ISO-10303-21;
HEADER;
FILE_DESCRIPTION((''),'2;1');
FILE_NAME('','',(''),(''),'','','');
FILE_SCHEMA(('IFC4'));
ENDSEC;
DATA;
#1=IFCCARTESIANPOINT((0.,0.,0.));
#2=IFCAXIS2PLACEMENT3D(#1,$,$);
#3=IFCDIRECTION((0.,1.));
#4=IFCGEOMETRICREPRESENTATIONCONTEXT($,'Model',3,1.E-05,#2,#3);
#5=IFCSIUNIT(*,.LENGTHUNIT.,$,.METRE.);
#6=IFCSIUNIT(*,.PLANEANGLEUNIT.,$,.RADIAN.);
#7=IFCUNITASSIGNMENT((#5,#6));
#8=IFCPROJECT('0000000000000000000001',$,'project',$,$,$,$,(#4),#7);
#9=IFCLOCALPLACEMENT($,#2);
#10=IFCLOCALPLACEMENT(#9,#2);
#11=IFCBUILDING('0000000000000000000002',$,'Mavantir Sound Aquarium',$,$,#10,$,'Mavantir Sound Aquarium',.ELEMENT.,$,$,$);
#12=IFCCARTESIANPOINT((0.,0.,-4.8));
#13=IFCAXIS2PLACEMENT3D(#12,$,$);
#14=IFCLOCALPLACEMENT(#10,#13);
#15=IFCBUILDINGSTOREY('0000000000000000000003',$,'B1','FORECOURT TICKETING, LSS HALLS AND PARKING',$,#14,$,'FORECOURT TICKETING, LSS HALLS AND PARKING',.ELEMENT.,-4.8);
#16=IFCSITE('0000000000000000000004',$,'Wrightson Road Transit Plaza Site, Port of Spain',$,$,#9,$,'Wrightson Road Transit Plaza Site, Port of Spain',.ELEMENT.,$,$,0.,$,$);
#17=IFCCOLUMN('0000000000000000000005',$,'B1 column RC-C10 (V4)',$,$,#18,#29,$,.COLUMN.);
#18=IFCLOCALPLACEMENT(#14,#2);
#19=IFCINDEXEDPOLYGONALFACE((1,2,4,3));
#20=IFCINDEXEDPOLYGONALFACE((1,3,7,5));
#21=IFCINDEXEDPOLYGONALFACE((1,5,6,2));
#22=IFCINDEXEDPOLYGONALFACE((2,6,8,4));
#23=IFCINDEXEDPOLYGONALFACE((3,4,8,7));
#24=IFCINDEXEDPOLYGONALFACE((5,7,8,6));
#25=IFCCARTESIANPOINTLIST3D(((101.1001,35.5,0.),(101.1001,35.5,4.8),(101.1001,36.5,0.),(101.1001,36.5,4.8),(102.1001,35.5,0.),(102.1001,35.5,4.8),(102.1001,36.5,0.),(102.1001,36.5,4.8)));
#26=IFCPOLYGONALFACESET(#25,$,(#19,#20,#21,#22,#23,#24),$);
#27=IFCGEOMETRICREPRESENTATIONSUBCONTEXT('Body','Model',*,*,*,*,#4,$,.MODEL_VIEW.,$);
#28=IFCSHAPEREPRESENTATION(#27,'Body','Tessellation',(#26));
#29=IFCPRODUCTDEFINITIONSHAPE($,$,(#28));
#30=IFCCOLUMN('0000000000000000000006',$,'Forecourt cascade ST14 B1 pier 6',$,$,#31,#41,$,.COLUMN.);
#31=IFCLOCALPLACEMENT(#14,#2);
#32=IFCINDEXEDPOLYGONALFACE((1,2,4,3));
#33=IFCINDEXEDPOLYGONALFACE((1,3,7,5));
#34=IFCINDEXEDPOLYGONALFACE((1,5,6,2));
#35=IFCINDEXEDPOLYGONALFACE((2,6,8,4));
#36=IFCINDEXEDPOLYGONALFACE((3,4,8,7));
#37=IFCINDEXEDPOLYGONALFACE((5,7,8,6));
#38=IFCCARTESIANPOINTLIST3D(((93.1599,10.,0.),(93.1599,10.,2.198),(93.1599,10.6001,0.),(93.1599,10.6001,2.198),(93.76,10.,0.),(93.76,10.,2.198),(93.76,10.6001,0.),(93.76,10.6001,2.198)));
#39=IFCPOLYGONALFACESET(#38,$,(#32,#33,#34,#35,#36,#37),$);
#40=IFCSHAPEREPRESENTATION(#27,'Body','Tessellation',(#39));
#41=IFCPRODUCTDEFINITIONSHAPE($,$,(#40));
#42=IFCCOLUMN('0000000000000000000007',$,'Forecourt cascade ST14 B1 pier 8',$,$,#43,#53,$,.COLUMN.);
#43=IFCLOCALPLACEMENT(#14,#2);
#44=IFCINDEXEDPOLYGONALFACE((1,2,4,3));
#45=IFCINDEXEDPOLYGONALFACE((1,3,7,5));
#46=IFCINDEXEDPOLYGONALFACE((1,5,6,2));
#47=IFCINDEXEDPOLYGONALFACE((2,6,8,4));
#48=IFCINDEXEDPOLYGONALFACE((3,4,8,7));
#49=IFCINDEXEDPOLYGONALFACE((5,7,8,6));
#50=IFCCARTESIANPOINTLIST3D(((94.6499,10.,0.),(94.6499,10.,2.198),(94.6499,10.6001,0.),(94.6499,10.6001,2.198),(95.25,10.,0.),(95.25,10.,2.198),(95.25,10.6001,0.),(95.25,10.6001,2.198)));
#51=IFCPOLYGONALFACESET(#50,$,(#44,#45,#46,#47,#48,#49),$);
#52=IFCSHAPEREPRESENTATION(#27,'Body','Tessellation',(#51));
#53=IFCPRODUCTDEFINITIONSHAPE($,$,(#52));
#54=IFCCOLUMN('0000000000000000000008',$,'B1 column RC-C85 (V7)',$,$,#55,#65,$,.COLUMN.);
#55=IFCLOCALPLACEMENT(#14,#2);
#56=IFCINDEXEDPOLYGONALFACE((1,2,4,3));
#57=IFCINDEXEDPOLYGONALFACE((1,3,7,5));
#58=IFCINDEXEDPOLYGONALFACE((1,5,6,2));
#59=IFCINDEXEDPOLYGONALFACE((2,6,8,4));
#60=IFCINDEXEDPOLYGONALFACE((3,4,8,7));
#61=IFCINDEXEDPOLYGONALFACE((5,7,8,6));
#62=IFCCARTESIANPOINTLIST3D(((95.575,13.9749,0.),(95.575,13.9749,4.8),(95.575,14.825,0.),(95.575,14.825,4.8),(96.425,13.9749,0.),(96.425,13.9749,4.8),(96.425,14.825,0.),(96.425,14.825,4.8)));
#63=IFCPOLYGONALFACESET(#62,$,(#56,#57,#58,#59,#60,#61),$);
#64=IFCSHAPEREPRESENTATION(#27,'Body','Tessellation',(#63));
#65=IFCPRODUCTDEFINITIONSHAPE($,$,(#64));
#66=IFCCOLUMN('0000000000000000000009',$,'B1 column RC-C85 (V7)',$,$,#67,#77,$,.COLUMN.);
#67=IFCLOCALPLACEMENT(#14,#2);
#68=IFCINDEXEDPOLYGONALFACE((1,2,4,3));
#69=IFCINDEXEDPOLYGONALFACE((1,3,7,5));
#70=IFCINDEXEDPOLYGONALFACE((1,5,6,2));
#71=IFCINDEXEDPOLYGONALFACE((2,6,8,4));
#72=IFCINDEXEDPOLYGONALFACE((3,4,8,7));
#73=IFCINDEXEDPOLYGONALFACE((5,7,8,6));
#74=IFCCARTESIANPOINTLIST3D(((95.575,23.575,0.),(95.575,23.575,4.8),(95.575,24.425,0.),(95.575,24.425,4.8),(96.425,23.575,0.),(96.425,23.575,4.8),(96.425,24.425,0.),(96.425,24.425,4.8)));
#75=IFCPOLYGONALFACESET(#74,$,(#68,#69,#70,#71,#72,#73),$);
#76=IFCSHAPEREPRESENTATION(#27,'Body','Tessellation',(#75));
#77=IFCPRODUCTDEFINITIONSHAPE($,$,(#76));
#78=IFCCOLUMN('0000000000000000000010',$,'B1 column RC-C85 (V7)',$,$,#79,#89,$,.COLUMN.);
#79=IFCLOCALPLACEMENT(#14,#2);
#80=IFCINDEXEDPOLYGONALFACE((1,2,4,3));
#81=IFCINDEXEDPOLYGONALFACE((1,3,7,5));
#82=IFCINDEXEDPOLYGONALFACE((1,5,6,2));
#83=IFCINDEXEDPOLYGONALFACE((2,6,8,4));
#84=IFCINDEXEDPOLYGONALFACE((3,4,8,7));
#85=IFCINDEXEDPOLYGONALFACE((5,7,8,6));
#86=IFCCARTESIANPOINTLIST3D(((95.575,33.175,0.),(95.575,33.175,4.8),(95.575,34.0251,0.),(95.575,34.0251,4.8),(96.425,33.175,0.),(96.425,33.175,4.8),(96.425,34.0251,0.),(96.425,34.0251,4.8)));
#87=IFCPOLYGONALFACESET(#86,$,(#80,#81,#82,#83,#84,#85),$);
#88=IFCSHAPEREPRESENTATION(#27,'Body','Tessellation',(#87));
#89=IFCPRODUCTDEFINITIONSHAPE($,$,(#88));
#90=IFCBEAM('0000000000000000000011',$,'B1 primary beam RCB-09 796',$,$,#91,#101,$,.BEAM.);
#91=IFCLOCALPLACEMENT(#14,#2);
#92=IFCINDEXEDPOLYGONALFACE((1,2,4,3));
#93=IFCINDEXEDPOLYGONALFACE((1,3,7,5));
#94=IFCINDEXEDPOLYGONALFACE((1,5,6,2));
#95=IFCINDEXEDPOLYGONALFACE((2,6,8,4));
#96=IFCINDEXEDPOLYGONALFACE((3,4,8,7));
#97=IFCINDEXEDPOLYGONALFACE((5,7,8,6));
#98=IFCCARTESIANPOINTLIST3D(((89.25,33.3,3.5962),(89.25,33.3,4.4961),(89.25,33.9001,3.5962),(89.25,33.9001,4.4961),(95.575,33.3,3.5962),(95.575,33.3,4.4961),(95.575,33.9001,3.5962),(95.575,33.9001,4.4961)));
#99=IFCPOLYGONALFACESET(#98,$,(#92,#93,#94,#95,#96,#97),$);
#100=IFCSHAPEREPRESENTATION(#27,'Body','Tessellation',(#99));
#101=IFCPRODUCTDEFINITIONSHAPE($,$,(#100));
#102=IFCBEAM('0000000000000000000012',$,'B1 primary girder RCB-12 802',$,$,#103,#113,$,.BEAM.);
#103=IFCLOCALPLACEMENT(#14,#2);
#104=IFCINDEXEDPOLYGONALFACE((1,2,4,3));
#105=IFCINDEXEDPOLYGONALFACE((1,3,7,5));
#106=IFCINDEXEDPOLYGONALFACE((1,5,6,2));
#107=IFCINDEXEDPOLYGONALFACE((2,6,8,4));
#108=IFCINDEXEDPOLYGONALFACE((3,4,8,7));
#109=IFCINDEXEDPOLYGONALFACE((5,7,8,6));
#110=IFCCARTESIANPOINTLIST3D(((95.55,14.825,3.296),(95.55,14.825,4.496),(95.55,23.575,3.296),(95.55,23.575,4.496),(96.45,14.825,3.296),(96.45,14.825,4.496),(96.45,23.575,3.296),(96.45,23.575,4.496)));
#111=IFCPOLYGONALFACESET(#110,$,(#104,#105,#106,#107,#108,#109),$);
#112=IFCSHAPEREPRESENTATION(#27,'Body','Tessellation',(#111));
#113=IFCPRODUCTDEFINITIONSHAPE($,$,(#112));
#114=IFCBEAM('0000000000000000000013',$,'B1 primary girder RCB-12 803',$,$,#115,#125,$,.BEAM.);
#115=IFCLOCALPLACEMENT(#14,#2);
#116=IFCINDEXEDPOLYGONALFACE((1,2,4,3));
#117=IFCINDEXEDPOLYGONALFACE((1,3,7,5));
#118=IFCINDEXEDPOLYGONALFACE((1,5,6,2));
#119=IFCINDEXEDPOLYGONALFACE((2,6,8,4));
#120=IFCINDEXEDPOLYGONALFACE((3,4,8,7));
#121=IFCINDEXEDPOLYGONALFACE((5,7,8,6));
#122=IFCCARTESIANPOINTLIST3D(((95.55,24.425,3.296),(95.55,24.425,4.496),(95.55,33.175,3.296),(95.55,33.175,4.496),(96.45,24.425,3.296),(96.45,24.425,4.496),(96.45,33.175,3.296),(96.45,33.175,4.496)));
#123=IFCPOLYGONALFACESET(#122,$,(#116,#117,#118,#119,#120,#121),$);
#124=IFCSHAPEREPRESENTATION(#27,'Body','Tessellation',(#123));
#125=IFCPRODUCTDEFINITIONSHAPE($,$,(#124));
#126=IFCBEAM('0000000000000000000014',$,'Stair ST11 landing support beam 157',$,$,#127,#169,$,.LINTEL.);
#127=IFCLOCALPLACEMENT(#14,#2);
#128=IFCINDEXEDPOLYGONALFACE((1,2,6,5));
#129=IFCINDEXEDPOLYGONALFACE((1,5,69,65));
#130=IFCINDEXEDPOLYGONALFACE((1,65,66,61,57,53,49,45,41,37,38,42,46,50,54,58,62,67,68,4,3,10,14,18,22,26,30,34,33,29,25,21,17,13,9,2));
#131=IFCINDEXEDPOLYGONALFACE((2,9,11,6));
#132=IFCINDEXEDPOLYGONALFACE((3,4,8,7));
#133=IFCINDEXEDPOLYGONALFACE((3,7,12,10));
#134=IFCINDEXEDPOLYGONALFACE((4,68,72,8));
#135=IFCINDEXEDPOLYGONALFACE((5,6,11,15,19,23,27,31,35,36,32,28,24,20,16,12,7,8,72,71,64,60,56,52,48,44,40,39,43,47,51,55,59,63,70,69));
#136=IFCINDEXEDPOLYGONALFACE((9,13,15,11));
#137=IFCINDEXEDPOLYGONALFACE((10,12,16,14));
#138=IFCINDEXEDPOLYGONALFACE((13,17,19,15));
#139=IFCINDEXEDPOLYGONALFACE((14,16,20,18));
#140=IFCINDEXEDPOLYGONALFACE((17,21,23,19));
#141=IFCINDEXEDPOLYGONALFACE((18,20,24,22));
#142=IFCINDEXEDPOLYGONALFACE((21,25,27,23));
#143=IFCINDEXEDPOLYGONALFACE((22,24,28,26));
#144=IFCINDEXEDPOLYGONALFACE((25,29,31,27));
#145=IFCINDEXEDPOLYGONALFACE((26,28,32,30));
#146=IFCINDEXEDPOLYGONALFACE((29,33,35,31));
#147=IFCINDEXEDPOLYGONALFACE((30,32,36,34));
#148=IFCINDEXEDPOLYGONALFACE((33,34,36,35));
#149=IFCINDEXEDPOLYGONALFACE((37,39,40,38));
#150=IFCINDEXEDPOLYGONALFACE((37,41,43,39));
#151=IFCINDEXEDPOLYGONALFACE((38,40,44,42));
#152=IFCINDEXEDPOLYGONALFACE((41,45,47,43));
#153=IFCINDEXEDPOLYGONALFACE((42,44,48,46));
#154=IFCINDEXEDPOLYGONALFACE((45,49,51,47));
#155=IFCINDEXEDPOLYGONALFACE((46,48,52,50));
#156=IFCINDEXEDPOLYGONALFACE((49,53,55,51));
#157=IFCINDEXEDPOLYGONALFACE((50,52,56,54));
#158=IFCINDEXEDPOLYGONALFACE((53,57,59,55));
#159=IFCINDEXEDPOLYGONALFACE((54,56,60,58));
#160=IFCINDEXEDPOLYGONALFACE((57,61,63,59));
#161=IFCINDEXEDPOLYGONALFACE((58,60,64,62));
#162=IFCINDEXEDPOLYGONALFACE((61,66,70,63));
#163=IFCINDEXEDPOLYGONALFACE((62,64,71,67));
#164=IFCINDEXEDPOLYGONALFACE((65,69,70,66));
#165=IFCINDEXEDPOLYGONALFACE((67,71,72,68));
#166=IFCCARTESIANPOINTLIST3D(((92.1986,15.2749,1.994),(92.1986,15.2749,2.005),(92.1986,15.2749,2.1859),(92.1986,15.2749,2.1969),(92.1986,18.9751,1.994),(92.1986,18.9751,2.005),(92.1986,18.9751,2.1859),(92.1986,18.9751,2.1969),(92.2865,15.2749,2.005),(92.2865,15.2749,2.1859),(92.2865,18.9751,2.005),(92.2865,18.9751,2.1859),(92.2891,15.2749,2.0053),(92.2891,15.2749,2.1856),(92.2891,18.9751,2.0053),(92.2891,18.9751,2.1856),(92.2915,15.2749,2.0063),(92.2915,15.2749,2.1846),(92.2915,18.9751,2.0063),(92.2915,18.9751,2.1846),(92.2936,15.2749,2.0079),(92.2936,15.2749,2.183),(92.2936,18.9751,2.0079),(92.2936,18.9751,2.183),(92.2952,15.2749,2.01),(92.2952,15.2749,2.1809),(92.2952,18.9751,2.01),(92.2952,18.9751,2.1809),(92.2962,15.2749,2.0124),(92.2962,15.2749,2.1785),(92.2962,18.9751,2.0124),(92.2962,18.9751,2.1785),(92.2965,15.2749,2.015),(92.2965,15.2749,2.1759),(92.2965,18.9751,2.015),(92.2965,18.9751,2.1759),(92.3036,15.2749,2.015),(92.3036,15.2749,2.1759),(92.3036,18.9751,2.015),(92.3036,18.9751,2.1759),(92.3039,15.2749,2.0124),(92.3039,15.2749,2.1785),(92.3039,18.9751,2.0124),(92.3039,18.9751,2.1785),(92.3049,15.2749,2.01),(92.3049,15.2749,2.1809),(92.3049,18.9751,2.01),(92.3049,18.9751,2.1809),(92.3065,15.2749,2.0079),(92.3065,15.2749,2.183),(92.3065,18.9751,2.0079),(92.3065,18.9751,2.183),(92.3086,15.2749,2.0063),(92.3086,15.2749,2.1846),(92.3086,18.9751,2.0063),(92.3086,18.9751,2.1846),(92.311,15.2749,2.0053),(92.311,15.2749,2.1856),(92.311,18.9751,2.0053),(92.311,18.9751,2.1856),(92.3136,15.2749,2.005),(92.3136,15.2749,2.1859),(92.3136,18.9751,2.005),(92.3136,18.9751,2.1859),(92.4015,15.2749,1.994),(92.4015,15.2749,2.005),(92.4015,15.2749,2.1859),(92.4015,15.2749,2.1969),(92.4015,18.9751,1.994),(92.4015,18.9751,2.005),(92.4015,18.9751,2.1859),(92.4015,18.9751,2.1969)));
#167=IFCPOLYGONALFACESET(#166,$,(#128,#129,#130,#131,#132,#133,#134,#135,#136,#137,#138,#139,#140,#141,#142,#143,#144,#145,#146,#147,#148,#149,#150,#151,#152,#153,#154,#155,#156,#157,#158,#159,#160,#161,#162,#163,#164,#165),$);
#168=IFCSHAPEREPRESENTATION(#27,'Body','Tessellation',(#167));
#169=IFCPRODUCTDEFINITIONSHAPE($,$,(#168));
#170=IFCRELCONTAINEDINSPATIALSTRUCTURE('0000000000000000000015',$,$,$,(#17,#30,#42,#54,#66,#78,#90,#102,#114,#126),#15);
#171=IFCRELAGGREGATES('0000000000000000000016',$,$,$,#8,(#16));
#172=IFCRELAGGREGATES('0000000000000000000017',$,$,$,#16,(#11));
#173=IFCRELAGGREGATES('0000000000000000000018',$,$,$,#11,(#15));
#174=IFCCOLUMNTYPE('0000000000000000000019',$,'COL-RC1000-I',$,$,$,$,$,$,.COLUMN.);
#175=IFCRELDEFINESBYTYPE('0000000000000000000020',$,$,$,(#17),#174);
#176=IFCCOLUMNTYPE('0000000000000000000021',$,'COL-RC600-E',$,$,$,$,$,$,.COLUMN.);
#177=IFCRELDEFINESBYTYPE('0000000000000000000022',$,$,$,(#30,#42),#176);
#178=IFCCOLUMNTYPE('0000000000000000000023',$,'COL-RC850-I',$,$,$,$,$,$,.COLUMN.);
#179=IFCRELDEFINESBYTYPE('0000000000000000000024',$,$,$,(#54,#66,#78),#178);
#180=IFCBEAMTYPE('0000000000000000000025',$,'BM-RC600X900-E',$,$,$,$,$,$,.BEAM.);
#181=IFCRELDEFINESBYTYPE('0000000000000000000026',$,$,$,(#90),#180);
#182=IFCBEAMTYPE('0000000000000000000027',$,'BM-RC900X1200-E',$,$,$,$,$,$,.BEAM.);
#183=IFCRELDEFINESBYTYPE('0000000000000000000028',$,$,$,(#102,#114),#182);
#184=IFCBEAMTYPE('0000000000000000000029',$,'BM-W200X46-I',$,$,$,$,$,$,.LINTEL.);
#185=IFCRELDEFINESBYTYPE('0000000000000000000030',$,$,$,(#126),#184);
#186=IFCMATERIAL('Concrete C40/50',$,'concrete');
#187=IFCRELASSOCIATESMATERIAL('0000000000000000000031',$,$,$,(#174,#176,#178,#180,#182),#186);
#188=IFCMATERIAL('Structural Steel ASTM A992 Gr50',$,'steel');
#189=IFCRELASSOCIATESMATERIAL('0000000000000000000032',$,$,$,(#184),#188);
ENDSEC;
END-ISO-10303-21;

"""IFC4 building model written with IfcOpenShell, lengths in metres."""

from ifc_helpers import new_model, si_unit, direction, frame, origin, origin_2d, place, context, subcontext, project, spatial, rectangle, i_section, extrude, material, material_profile, profile_set, type_object, element, save


model = new_model("IFC4")

# Units and contexts
model_context = context("Model", 3, precision=1e-05, world=origin(), true_north=direction((0.0, 1.0)))
body_context = subcontext(model_context, "Body", "Model", "MODEL_VIEW")
ifc_project = project(units=[si_unit("LENGTHUNIT", "METRE"), si_unit("PLANEANGLEUNIT", "RADIAN")], contexts=[model_context])

# Site, building, storey
site_placement = place(None, origin())
site = spatial("IfcSite", under=ifc_project, at=site_placement, Name="Wrightson Road Transit Plaza Site, Port of Spain", LongName="Wrightson Road Transit Plaza Site, Port of Spain", CompositionType="ELEMENT", RefElevation=0.0)
building_placement = place(site_placement, origin())
building = spatial("IfcBuilding", under=site, at=building_placement, Name="Mavantir Sound Aquarium", LongName="Mavantir Sound Aquarium", CompositionType="ELEMENT")
storey_placement = place(building_placement, frame((0.0, 0.0, -4.8)))
storey = spatial("IfcBuildingStorey", under=building, at=storey_placement, Name="B1", Description="FORECOURT TICKETING, LSS HALLS AND PARKING", LongName="FORECOURT TICKETING, LSS HALLS AND PARKING", CompositionType="ELEMENT", Elevation=-4.8)

# Columns
ifc_material_1 = material(Name="Concrete C40/50", Category="concrete")
ifc_material_profile_1 = material_profile(ifc_material_1, rectangle(XDim=1.0, YDim=1.0, at=origin_2d()), Name="RC 1000X1000")
ifc_profile_set_1 = profile_set([ifc_material_profile_1], Name="Concrete C40/50")
column_type_1 = type_object("IfcColumnType", Name="COL-RC1000-I", PredefinedType="COLUMN", material=ifc_profile_set_1)
column_placement = place(storey_placement, frame((101.6001, 36.0, 0.0), z_axis=(0.0, 0.0, 1.0), x_axis=(1.0, 0.0, 0.0)))
element("IfcColumn", 1, at=column_placement, inside=storey, type_object=column_type_1, Name="B1 column RC-C10 (V4)", PredefinedType="COLUMN", context=body_context, shape_type="SweptSolid", body=[
    extrude(rectangle(XDim=1.0, YDim=1.0, at=origin_2d()), origin(), (0.0, 0.0, 1.0), 4.8),
])
ifc_material_profile_2 = material_profile(ifc_material_1, rectangle(XDim=0.6001, YDim=0.6001, at=origin_2d()), Name="RC 600X600")
ifc_profile_set_2 = profile_set([ifc_material_profile_2], Name="Concrete C40/50")
column_type_2 = type_object("IfcColumnType", Name="COL-RC600-E", PredefinedType="COLUMN", material=ifc_profile_set_2)
for number, where, z_axis, x_axis, name in (
    (2, (93.46, 10.3, 0.0), (0.0, 0.0, 1.0), (1.0, 0.0, 0.0), "Forecourt cascade ST14 B1 pier 6"),
    (3, (94.95, 10.3, 0.0), (0.0, 0.0, 1.0), (1.0, 0.0, 0.0), "Forecourt cascade ST14 B1 pier 8"),
):
    element("IfcColumn", number, at=place(storey_placement, frame(where, z_axis=z_axis, x_axis=x_axis)), inside=storey, type_object=column_type_2, Name=name, PredefinedType="COLUMN", context=body_context, shape_type="SweptSolid", body=[
        extrude(rectangle(XDim=0.6001, YDim=0.6001, at=origin_2d()), origin(), (0.0, 0.0, 1.0), 2.198),
    ])
ifc_material_profile_3 = material_profile(ifc_material_1, rectangle(XDim=0.8501, YDim=0.8501, at=origin_2d()), Name="RC 850X850")
ifc_profile_set_3 = profile_set([ifc_material_profile_3], Name="Concrete C40/50")
column_type_3 = type_object("IfcColumnType", Name="COL-RC850-I", PredefinedType="COLUMN", material=ifc_profile_set_3)
for number, where, z_axis, x_axis, name in (
    (4, (96.0, 14.3999, 0.0), (0.0, 0.0, 1.0), (1.0, 0.0, 0.0), "B1 column RC-C85 (V7)"),
    (5, (96.0, 24.0, 0.0), (0.0, 0.0, 1.0), (1.0, 0.0, 0.0), "B1 column RC-C85 (V7)"),
    (6, (96.0, 33.6001, 0.0), (0.0, 0.0, 1.0), (1.0, 0.0, 0.0), "B1 column RC-C85 (V7)"),
):
    element("IfcColumn", number, at=place(storey_placement, frame(where, z_axis=z_axis, x_axis=x_axis)), inside=storey, type_object=column_type_3, Name=name, PredefinedType="COLUMN", context=body_context, shape_type="SweptSolid", body=[
        extrude(rectangle(XDim=0.8501, YDim=0.8501, at=origin_2d()), origin(), (0.0, 0.0, 1.0), 4.8),
    ])

# Beams
ifc_material_profile_4 = material_profile(ifc_material_1, rectangle(XDim=0.6001, YDim=0.8999, at=origin_2d()), Name="RC 600X900")
ifc_profile_set_4 = profile_set([ifc_material_profile_4], Name="Concrete C40/50")
beam_type_1 = type_object("IfcBeamType", Name="BM-RC600X900-E", PredefinedType="BEAM", material=ifc_profile_set_4)
beam_1_placement = place(storey_placement, frame((89.25, 33.6001, 4.0461), z_axis=(1.0, 0.0, 0.0), x_axis=(0.0, 1.0, 0.0)))
element("IfcBeam", 7, at=beam_1_placement, inside=storey, type_object=beam_type_1, Name="B1 primary beam RCB-09 796", PredefinedType="BEAM", context=body_context, shape_type="SweptSolid", body=[
    extrude(rectangle(XDim=0.6001, YDim=0.8999, at=origin_2d()), origin(), (0.0, 0.0, 1.0), 6.325),
])
ifc_material_profile_5 = material_profile(ifc_material_1, rectangle(XDim=0.8999, YDim=1.2, at=origin_2d()), Name="RC 900X1200")
ifc_profile_set_5 = profile_set([ifc_material_profile_5], Name="Concrete C40/50")
beam_type_2 = type_object("IfcBeamType", Name="BM-RC900X1200-E", PredefinedType="BEAM", material=ifc_profile_set_5)
for number, where, z_axis, x_axis, name in (
    (8, (96.0, 14.825, 3.896), (0.0, 1.0, 0.0), (-1.0, 0.0, 0.0), "B1 primary girder RCB-12 802"),
    (9, (96.0, 24.425, 3.896), (0.0, 1.0, 0.0), (-1.0, 0.0, 0.0), "B1 primary girder RCB-12 803"),
):
    element("IfcBeam", number, at=place(storey_placement, frame(where, z_axis=z_axis, x_axis=x_axis)), inside=storey, type_object=beam_type_2, Name=name, PredefinedType="BEAM", context=body_context, shape_type="SweptSolid", body=[
        extrude(rectangle(XDim=0.8999, YDim=1.2, at=origin_2d()), origin(), (0.0, 0.0, 1.0), 8.75),
    ])
ifc_material_2 = material(Name="Structural Steel ASTM A992 Gr50", Category="steel")
ifc_material_profile_6 = material_profile(ifc_material_2, i_section(OverallWidth=0.2029, OverallDepth=0.2029, WebThickness=0.0071, FlangeThickness=0.011, FilletRadius=0.01, at=origin_2d()), Name="W200X46")
ifc_profile_set_6 = profile_set([ifc_material_profile_6], Name="Structural Steel ASTM A992 Gr50")
beam_type_3 = type_object("IfcBeamType", Name="BM-W200X46-I", PredefinedType="LINTEL", material=ifc_profile_set_6)
for number, where, z_axis, x_axis, name in (
    (10, (92.3, 15.2749, 2.0955), (0.0, 1.0, 0.0), (-1.0, 0.0, 0.0), "Stair ST11 landing support beam 157"),
):
    element("IfcBeam", number, at=place(storey_placement, frame(where, z_axis=z_axis, x_axis=x_axis)), inside=storey, type_object=beam_type_3, Name=name, PredefinedType="LINTEL", context=body_context, shape_type="SweptSolid", body=[
        extrude(i_section(OverallWidth=0.2029, OverallDepth=0.2029, WebThickness=0.0071, FlangeThickness=0.011, FilletRadius=0.01, at=origin_2d()), origin(), (0.0, 0.0, 1.0), 3.7002),
    ])

save(model, "model.ifc")
